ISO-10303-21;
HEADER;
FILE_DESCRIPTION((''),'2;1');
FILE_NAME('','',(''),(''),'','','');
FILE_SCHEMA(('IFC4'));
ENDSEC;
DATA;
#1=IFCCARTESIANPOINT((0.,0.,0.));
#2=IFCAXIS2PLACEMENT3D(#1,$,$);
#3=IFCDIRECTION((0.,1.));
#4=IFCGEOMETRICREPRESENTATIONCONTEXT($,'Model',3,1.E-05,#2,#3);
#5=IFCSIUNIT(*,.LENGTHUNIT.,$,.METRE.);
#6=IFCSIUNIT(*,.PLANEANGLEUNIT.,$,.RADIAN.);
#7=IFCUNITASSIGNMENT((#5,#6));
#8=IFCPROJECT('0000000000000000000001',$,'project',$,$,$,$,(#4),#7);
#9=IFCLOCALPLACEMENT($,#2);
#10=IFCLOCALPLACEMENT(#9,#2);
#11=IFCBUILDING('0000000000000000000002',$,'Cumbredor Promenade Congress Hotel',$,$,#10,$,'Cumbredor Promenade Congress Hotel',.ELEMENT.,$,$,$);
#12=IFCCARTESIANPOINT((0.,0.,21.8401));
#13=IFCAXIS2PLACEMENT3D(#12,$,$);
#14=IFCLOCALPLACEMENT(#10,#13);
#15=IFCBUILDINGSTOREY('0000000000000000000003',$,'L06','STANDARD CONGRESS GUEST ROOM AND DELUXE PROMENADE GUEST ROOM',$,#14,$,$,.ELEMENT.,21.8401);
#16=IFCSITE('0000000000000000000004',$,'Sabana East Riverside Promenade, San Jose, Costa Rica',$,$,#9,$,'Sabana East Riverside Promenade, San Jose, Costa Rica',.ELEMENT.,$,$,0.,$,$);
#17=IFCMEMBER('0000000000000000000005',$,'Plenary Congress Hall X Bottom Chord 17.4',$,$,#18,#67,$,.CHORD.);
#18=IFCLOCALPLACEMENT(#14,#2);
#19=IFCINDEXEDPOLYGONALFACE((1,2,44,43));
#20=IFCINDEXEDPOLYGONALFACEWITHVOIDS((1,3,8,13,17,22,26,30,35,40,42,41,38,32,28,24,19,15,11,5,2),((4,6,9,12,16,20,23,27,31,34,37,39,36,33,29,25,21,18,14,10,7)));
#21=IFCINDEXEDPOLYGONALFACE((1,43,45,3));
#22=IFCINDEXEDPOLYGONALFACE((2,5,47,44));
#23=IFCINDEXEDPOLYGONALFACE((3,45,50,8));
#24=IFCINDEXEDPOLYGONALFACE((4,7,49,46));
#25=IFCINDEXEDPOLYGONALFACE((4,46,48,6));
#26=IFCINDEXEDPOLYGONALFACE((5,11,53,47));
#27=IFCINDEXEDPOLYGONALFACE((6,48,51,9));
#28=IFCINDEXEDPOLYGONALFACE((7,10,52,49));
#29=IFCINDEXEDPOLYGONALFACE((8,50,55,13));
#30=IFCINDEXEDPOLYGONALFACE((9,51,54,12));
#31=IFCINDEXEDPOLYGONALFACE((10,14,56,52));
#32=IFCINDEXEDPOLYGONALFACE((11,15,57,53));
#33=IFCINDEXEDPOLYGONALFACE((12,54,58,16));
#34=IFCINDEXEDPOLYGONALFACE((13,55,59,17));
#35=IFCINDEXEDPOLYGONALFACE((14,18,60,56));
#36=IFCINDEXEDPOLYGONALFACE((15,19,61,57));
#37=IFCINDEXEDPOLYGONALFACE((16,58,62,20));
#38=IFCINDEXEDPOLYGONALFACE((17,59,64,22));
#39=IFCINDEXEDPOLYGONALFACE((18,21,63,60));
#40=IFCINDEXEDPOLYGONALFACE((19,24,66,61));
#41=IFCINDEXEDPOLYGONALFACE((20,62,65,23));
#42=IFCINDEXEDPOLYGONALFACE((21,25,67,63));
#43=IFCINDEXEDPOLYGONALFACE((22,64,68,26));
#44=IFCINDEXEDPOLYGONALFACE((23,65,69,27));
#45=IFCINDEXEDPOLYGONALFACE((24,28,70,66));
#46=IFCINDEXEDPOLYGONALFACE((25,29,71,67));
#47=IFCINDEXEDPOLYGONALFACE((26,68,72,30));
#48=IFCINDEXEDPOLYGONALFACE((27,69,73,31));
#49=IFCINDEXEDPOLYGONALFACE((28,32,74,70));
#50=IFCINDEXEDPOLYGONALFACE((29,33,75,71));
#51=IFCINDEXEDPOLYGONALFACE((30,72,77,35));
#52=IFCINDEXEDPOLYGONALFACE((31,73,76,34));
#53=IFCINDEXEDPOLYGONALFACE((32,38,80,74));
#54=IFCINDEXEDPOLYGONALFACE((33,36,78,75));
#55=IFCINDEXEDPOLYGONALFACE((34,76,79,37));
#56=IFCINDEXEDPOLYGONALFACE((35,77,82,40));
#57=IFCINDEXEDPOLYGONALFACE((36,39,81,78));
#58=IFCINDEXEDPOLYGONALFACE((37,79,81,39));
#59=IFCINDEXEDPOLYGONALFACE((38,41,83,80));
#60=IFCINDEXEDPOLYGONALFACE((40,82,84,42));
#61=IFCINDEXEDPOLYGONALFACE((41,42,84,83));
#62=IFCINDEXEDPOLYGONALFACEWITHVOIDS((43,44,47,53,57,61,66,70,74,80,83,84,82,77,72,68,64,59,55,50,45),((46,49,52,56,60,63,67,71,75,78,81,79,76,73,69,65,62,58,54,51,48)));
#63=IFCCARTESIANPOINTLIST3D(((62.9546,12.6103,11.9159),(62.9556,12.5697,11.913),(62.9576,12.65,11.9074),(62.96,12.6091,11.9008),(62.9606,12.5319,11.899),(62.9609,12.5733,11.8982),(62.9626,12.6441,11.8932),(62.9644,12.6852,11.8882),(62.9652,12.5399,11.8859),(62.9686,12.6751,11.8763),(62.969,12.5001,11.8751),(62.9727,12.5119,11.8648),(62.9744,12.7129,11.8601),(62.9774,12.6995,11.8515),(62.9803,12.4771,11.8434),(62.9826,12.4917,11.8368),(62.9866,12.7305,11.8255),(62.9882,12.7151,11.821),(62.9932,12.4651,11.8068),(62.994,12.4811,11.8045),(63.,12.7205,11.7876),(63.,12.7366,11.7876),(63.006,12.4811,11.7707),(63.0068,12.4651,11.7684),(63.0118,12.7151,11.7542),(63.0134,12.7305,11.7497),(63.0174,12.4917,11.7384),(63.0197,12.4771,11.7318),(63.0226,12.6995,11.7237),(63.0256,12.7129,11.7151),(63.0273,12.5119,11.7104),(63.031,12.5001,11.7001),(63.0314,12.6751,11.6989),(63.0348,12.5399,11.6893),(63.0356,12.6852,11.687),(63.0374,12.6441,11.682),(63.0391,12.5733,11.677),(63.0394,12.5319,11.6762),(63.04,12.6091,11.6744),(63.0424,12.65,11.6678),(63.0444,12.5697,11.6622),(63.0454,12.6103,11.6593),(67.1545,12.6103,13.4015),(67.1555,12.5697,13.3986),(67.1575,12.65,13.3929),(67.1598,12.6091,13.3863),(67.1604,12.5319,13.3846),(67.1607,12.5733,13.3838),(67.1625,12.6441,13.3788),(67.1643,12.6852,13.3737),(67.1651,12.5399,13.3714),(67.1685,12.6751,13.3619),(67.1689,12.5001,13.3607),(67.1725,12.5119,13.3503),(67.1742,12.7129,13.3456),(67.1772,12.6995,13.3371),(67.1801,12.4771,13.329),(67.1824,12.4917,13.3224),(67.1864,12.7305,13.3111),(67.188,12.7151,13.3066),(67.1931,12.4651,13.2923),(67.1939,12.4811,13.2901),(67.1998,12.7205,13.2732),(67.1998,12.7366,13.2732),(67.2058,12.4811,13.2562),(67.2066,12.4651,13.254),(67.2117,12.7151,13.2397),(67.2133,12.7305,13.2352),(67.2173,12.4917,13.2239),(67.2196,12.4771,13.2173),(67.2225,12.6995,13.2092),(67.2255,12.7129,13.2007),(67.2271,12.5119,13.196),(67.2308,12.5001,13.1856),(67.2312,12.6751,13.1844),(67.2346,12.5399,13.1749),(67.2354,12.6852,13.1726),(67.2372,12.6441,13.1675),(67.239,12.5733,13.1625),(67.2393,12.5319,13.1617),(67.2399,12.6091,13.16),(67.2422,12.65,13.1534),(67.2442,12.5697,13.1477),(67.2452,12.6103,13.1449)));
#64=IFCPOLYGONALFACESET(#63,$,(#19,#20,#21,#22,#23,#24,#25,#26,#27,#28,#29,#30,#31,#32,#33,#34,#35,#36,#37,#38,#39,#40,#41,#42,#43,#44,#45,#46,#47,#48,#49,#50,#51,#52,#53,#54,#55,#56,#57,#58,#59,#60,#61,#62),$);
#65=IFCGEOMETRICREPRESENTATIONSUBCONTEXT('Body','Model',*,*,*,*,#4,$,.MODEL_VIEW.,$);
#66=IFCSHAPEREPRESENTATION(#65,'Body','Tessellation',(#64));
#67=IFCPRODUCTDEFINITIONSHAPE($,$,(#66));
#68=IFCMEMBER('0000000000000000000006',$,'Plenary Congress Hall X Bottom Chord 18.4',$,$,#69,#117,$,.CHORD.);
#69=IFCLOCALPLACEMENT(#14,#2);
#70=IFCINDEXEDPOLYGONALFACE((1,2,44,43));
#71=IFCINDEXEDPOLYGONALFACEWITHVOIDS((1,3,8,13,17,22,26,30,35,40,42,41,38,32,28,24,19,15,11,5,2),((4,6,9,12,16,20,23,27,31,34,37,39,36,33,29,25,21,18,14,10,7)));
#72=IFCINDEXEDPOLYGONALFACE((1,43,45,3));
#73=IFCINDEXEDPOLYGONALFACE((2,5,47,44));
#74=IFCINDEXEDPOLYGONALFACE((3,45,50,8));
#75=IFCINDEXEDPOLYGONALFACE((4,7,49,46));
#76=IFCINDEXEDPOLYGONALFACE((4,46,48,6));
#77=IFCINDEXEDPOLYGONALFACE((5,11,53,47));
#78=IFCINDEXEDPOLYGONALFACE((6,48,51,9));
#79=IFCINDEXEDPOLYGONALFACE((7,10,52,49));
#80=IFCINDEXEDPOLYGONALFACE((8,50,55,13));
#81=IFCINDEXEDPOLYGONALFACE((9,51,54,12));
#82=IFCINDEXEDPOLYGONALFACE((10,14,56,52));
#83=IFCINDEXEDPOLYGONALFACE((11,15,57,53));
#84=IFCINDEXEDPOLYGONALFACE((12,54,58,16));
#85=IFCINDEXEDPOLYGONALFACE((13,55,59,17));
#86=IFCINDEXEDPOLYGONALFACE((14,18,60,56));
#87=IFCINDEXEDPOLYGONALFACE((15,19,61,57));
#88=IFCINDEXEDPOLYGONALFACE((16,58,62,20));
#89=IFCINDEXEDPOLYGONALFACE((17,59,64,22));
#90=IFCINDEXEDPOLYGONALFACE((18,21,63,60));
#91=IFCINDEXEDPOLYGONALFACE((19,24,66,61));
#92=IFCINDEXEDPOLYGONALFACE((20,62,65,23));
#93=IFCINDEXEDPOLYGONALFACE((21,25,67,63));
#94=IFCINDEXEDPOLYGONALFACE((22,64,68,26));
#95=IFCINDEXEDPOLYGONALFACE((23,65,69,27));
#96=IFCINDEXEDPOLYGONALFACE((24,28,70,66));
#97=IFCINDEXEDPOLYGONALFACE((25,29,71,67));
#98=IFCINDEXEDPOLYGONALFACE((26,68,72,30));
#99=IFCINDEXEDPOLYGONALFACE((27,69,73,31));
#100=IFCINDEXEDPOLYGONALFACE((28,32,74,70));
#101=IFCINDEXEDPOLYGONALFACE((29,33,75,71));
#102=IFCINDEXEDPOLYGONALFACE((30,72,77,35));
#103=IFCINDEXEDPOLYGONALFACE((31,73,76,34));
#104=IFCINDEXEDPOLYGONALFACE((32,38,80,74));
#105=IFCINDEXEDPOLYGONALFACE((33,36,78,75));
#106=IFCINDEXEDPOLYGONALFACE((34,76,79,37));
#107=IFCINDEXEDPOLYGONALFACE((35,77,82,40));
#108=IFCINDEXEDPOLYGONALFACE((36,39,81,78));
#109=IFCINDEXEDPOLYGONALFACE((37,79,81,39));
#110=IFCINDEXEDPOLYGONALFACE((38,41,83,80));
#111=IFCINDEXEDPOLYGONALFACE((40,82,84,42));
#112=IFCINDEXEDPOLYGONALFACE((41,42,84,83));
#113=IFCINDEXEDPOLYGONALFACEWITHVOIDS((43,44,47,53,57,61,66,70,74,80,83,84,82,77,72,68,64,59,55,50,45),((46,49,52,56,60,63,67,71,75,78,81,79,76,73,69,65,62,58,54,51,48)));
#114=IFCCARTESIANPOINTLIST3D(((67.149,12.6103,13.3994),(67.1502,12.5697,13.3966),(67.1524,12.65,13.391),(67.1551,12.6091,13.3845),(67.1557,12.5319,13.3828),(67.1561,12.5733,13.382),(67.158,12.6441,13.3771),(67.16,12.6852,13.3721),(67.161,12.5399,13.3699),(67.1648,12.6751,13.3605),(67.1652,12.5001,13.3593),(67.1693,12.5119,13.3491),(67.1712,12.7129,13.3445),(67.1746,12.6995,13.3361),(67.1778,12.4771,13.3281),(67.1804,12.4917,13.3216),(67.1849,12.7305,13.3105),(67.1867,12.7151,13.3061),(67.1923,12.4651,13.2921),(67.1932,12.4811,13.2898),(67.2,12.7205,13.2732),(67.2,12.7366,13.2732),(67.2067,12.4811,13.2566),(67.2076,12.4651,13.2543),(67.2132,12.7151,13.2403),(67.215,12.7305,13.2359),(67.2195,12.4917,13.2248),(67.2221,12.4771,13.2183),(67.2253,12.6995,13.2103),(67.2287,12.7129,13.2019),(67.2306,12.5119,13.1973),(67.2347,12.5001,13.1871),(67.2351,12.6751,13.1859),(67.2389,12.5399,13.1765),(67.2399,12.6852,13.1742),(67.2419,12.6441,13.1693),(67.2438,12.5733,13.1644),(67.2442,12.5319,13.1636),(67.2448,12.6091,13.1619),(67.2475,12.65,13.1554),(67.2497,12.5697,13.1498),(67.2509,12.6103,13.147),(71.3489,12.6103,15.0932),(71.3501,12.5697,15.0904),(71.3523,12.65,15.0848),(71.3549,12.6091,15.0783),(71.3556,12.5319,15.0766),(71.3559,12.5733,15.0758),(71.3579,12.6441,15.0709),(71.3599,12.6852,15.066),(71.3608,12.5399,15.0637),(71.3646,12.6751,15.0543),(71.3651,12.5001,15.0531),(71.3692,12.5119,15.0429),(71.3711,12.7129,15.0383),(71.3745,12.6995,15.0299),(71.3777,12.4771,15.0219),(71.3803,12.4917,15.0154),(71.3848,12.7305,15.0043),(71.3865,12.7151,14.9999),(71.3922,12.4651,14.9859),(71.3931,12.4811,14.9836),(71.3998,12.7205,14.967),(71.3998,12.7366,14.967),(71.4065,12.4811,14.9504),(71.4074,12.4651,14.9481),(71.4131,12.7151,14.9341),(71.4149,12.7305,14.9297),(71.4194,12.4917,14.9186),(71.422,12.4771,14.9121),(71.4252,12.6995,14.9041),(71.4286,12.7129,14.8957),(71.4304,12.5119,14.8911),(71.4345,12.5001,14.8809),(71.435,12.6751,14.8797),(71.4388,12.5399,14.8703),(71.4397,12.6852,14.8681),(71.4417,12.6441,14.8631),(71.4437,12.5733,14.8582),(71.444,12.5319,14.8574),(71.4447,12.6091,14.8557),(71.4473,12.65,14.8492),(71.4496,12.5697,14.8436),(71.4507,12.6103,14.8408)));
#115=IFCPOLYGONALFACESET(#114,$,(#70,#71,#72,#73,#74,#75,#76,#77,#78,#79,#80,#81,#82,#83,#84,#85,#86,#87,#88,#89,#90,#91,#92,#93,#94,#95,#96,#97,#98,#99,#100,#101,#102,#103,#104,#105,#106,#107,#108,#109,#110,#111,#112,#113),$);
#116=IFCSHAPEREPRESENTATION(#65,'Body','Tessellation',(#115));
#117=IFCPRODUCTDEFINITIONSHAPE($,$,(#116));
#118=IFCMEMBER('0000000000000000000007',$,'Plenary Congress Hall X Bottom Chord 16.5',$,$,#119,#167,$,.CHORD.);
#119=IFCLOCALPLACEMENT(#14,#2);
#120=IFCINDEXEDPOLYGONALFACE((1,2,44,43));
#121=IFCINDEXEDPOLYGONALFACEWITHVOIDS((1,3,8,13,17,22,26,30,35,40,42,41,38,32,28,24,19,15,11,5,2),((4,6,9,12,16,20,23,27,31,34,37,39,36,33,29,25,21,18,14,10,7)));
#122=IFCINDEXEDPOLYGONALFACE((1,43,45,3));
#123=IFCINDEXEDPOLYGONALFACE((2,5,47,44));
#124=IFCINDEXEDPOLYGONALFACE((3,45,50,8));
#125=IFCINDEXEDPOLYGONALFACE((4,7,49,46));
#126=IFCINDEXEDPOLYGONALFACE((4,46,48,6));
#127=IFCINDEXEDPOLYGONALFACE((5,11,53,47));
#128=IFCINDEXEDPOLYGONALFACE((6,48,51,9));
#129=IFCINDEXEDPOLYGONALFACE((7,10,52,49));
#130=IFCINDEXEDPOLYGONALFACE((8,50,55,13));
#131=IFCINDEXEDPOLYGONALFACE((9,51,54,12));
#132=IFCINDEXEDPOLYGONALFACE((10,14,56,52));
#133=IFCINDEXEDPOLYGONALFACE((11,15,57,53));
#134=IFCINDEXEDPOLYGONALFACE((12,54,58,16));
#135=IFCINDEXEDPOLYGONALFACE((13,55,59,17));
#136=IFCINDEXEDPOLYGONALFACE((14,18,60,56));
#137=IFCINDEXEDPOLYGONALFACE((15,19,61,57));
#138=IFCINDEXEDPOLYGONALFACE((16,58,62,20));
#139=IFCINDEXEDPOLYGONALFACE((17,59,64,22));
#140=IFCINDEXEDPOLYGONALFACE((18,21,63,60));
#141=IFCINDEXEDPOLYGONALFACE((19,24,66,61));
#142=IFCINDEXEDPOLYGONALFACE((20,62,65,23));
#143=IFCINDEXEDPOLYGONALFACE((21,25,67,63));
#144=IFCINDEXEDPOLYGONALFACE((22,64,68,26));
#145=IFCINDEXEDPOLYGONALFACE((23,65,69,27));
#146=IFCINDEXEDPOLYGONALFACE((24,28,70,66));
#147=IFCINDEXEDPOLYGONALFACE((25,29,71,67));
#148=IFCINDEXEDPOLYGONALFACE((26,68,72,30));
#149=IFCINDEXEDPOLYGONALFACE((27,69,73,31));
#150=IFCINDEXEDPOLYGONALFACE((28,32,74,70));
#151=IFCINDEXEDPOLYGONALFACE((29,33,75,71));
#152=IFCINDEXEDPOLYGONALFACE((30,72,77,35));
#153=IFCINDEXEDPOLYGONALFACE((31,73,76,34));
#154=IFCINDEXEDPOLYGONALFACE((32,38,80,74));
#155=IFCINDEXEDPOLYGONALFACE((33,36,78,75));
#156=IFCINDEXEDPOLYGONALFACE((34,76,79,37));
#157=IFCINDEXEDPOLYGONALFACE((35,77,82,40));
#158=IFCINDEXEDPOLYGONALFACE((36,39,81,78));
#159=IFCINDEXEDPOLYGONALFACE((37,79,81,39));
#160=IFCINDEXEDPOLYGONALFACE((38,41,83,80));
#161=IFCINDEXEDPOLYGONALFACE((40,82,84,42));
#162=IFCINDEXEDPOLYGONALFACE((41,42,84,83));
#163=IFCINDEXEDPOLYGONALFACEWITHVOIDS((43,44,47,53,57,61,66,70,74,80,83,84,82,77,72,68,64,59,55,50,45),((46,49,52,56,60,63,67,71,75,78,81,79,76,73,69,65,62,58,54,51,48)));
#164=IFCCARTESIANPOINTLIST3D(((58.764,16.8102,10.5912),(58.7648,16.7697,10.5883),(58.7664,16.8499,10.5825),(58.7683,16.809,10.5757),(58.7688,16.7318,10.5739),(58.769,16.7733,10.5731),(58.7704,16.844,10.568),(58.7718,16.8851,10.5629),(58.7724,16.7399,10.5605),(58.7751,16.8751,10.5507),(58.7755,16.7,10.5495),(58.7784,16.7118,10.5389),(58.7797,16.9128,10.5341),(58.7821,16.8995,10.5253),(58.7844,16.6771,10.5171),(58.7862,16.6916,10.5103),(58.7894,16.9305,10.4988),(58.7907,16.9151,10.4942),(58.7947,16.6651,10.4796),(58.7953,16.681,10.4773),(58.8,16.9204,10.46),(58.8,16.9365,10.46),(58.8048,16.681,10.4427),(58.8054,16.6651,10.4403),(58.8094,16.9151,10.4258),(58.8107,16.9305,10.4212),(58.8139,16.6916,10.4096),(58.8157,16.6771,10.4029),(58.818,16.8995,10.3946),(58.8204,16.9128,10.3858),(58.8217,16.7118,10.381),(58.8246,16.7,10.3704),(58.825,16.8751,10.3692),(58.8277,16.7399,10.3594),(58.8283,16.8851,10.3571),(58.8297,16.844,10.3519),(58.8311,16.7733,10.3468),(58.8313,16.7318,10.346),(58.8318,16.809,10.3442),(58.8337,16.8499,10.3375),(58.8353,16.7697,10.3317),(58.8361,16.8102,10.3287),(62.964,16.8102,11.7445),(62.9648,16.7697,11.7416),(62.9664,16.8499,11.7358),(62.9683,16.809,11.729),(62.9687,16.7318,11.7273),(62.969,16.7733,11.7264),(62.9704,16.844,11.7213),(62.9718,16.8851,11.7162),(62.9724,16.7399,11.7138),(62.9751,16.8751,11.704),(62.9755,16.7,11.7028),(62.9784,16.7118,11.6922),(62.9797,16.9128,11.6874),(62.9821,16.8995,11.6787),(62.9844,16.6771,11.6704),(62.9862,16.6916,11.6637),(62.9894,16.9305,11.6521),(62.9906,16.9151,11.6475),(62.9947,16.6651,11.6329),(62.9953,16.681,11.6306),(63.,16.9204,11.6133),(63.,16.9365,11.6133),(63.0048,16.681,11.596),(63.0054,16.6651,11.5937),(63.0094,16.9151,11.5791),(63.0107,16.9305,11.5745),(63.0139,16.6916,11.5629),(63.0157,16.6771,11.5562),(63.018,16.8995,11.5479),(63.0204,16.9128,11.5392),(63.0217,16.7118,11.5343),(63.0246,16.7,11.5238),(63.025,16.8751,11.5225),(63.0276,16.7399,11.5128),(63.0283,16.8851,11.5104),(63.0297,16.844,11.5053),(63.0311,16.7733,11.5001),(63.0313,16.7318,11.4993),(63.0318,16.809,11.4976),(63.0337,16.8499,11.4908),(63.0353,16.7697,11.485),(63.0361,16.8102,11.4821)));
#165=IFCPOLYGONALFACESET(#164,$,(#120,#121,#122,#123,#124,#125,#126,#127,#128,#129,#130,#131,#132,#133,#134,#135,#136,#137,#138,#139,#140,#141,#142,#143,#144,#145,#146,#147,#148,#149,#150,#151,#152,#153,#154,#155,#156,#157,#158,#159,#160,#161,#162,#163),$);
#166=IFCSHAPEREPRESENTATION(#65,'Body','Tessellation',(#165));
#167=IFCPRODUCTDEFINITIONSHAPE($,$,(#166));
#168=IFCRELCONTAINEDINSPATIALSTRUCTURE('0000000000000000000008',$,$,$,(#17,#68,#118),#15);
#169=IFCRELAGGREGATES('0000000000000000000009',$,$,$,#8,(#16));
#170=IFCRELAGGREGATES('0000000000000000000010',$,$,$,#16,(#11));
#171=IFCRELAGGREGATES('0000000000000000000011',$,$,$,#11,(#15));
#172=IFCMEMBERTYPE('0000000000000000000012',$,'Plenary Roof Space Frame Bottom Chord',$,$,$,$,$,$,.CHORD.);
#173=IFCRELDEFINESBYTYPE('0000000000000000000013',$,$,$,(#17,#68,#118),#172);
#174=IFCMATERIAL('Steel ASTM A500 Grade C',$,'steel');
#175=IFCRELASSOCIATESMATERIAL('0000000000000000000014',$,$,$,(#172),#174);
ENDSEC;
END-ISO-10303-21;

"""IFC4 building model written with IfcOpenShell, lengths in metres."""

from ifc_helpers import new_model, si_unit, direction, frame, origin, origin_2d, place, context, subcontext, project, spatial, hollow_circle, extrude, material, material_profile, profile_set, type_object, element, save


model = new_model("IFC4")

# Units and contexts
model_context = context("Model", 3, precision=1e-05, world=origin(), true_north=direction((0.0, 1.0)))
body_context = subcontext(model_context, "Body", "Model", "MODEL_VIEW")
ifc_project = project(units=[si_unit("LENGTHUNIT", "METRE"), si_unit("PLANEANGLEUNIT", "RADIAN")], contexts=[model_context])

# Site, building, storey
site_placement = place(None, origin())
site = spatial("IfcSite", under=ifc_project, at=site_placement, Name="Sabana East Riverside Promenade, San Jose, Costa Rica", LongName="Sabana East Riverside Promenade, San Jose, Costa Rica", CompositionType="ELEMENT", RefElevation=0.0)
building_placement = place(site_placement, origin())
building = spatial("IfcBuilding", under=site, at=building_placement, Name="Cumbredor Promenade Congress Hotel", LongName="Cumbredor Promenade Congress Hotel", CompositionType="ELEMENT")
storey_placement = place(building_placement, frame((0.0, 0.0, 21.8401)))
storey = spatial("IfcBuildingStorey", under=building, at=storey_placement, Name="L06", Description="STANDARD CONGRESS GUEST ROOM AND DELUXE PROMENADE GUEST ROOM", CompositionType="ELEMENT", Elevation=21.8401)

# Members
ifc_material_1 = material(Name="Steel ASTM A500 Grade C", Category="steel")
ifc_material_profile_1 = material_profile(ifc_material_1, hollow_circle(Radius=0.1365, WallThickness=0.0161, at=origin_2d()), Name="CHS 273.0x16")
ifc_profile_set_1 = profile_set([ifc_material_profile_1], Name="Steel ASTM A500 Grade C")
member_type_1 = type_object("IfcMemberType", Name="Plenary Roof Space Frame Bottom Chord", PredefinedType="CHORD", material=ifc_profile_set_1)
member_1_placement = place(storey_placement, frame((63.0, 12.6001, 11.7876), z_axis=(0.94276, 0.0, 0.333471), x_axis=(0.0, 1.0, 0.0)))
element("IfcMember", 1, at=member_1_placement, inside=storey, type_object=member_type_1, Name="Plenary Congress Hall X Bottom Chord 17.4", PredefinedType="CHORD", context=body_context, shape_type="SweptSolid", body=[
    extrude(hollow_circle(Radius=0.1365, WallThickness=0.0161, at=origin_2d()), origin(), (0.0, 0.0, 1.0), 4.4548),
])
member_2_placement = place(storey_placement, frame((67.2, 12.6001, 13.2732), z_axis=(0.927417, 0.0, 0.374029), x_axis=(0.0, 1.0, 0.0)))
element("IfcMember", 2, at=member_2_placement, inside=storey, type_object=member_type_1, Name="Plenary Congress Hall X Bottom Chord 18.4", PredefinedType="CHORD", context=body_context, shape_type="SweptSolid", body=[
    extrude(hollow_circle(Radius=0.1365, WallThickness=0.0161, at=origin_2d()), origin(), (0.0, 0.0, 1.0), 4.5286),
])
member_3_placement = place(storey_placement, frame((58.8, 16.8, 10.46), z_axis=(0.964303, 0.0, 0.264801), x_axis=(0.0, 1.0, 0.0)))
element("IfcMember", 3, at=member_3_placement, inside=storey, type_object=member_type_1, Name="Plenary Congress Hall X Bottom Chord 16.5", PredefinedType="CHORD", context=body_context, shape_type="SweptSolid", body=[
    extrude(hollow_circle(Radius=0.1365, WallThickness=0.0161, at=origin_2d()), origin(), (0.0, 0.0, 1.0), 4.3555),
])

save(model, "model.ifc")
